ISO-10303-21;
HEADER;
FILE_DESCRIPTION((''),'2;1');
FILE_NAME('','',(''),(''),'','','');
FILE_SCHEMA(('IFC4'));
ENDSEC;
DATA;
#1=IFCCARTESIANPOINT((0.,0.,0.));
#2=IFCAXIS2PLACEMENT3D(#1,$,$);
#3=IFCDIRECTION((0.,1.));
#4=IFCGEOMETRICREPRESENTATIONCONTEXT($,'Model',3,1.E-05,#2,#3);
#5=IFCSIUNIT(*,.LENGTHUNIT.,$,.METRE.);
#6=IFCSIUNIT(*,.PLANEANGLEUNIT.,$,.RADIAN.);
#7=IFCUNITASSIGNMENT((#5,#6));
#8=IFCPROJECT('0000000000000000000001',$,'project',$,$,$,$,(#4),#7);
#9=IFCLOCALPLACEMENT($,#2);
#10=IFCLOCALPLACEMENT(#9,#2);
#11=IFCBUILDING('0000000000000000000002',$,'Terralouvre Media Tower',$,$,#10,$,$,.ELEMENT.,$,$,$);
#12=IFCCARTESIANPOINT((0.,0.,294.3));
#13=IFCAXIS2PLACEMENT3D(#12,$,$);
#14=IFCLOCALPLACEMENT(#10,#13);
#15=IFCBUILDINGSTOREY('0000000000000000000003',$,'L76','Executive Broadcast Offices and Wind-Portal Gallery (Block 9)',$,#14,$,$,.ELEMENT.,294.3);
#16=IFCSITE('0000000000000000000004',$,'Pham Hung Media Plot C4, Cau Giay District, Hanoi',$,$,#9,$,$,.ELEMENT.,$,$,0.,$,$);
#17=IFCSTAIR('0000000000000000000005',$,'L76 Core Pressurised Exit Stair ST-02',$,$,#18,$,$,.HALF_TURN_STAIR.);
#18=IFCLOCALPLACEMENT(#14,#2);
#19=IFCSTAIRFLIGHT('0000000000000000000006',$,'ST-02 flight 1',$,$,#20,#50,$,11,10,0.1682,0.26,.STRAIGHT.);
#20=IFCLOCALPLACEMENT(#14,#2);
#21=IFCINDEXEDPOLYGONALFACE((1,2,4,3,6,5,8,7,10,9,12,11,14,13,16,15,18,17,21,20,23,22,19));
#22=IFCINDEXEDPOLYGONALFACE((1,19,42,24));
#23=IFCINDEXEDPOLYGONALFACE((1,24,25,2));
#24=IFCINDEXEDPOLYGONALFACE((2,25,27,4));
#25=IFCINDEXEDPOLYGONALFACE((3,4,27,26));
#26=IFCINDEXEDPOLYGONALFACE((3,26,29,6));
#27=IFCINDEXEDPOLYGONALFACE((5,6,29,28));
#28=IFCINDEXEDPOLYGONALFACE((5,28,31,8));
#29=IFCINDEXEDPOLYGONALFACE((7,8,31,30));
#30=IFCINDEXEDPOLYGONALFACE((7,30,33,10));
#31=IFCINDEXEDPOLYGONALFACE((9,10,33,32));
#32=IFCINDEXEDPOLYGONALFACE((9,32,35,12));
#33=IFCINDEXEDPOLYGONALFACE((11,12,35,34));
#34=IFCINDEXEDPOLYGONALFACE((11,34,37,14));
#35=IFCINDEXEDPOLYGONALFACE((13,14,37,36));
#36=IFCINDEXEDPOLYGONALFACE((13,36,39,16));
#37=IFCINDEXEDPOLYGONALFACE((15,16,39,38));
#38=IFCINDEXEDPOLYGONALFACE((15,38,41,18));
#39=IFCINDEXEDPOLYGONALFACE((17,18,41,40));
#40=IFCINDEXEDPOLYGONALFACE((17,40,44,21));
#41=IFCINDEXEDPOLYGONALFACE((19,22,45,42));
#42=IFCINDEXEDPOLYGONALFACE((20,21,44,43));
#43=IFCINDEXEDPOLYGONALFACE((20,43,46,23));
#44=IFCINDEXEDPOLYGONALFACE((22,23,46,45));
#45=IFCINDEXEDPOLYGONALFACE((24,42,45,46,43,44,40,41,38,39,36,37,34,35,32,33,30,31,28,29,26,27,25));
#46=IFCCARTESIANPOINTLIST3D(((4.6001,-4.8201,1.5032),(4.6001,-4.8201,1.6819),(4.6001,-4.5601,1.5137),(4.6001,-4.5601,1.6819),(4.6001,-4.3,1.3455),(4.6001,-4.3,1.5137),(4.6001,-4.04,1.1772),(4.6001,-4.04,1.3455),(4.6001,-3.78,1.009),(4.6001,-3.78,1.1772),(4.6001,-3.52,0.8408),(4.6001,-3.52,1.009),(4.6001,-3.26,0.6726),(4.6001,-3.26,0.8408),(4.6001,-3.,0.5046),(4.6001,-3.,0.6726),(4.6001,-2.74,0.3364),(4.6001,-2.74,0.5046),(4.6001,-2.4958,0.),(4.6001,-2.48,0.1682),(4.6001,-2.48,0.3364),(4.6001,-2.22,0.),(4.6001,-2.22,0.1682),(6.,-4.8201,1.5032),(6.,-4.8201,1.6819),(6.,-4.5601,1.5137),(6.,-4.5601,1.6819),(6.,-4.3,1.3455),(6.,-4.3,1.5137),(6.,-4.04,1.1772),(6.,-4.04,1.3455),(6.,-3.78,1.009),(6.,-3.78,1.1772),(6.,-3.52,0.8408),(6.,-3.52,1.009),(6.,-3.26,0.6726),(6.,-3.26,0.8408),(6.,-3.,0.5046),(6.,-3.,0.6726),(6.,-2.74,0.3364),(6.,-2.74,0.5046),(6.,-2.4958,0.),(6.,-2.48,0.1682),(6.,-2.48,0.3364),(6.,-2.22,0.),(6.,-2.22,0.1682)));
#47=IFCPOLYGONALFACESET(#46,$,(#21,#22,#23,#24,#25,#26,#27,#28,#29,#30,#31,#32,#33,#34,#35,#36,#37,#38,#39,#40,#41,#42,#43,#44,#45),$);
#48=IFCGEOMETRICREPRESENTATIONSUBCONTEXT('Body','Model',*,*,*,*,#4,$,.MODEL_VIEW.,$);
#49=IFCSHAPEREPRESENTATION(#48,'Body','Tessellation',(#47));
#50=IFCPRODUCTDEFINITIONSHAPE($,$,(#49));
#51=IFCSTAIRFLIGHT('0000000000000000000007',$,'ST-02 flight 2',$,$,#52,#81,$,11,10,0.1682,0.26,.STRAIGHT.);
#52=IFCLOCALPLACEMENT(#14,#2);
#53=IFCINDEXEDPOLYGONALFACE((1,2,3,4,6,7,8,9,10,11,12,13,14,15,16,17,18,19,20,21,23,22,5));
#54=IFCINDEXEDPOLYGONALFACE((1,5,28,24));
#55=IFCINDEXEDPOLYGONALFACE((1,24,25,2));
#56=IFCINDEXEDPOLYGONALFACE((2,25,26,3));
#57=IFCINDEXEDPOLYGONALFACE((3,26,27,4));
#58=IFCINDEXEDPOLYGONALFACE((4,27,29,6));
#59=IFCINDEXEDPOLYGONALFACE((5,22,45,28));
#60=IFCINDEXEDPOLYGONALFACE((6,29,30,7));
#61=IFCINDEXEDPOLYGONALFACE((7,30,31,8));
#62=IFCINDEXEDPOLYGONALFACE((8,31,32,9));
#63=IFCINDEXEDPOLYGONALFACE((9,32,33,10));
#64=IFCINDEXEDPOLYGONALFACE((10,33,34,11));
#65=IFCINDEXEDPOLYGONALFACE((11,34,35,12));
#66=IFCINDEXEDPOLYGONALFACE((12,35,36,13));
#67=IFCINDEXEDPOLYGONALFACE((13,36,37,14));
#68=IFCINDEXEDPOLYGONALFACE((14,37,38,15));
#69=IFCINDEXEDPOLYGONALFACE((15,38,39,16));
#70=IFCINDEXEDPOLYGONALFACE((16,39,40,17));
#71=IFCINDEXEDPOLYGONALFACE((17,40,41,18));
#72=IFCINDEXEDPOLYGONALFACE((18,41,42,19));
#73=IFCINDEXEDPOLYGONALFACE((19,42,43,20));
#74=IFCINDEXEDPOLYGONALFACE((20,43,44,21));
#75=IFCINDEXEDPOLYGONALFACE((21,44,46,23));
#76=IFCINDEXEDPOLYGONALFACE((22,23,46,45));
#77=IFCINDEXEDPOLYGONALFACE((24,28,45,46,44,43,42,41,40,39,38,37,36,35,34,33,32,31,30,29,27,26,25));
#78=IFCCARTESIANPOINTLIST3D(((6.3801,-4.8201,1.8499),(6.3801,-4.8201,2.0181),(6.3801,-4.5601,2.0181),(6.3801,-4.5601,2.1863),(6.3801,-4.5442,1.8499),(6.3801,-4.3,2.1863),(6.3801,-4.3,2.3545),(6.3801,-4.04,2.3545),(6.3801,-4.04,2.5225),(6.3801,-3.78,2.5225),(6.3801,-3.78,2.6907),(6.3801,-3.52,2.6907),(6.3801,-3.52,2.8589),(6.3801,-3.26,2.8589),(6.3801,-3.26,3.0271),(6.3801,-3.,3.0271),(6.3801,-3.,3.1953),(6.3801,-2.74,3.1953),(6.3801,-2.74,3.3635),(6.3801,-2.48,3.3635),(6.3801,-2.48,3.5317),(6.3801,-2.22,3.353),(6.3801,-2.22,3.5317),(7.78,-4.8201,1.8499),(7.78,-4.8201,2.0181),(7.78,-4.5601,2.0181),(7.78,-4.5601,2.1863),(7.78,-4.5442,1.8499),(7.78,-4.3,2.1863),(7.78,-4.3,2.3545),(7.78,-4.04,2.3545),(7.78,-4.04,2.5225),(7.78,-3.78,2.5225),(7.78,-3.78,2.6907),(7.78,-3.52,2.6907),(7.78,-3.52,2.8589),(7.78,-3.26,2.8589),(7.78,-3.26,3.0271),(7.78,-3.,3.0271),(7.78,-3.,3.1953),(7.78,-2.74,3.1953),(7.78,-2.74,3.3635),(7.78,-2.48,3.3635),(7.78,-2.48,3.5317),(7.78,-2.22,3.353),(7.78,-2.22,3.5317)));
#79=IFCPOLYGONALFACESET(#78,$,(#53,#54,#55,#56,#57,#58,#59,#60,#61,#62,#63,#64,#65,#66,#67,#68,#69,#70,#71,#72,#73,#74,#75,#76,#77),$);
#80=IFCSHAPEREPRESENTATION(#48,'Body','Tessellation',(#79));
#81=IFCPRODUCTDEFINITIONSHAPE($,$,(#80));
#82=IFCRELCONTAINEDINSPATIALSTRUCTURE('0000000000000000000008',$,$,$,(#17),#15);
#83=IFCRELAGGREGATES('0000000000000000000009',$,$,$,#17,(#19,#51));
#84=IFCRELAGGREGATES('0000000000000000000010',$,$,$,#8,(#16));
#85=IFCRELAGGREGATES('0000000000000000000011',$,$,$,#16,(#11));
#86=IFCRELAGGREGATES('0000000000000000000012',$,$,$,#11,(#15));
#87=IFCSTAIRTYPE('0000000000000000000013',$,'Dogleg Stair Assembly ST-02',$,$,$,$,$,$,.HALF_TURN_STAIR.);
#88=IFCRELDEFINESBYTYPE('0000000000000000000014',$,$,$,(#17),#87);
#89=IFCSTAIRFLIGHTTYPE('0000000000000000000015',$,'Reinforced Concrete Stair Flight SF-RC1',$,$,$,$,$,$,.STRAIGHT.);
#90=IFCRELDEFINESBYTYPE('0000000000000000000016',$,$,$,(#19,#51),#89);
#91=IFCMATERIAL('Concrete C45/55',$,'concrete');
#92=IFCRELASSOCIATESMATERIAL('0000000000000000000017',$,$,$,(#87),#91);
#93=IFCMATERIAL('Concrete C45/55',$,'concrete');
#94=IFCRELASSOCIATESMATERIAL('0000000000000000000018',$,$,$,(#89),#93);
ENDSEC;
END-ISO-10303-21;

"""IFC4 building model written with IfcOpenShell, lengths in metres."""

from ifc_helpers import new_model, si_unit, direction, frame, origin, place, context, subcontext, project, spatial, polyline, outline, extrude, material, type_object, element, aggregate, save


model = new_model("IFC4")

# Units and contexts
model_context = context("Model", 3, precision=1e-05, world=origin(), true_north=direction((0.0, 1.0)))
body_context = subcontext(model_context, "Body", "Model", "MODEL_VIEW")
ifc_project = project(units=[si_unit("LENGTHUNIT", "METRE"), si_unit("PLANEANGLEUNIT", "RADIAN")], contexts=[model_context])

# Site, building, storey
site_placement = place(None, origin())
site = spatial("IfcSite", under=ifc_project, at=site_placement, Name="Pham Hung Media Plot C4, Cau Giay District, Hanoi", CompositionType="ELEMENT", RefElevation=0.0)
building_placement = place(site_placement, origin())
building = spatial("IfcBuilding", under=site, at=building_placement, Name="Terralouvre Media Tower", CompositionType="ELEMENT")
storey_placement = place(building_placement, frame((0.0, 0.0, 294.3)))
storey = spatial("IfcBuildingStorey", under=building, at=storey_placement, Name="L76", Description="Executive Broadcast Offices and Wind-Portal Gallery (Block 9)", CompositionType="ELEMENT", Elevation=294.3)

# Stair, stair flights
ifc_material_1 = material(Name="Concrete C45/55", Category="concrete")
stair_type = type_object("IfcStairType", Name="Dogleg Stair Assembly ST-02", PredefinedType="HALF_TURN_STAIR", material=ifc_material_1)
stair_placement = place(storey_placement, origin())
stair = element("IfcStair", 1, at=stair_placement, inside=storey, type_object=stair_type, Name="L76 Core Pressurised Exit Stair ST-02", PredefinedType="HALF_TURN_STAIR")
ifc_material_2 = material(Name="Concrete C45/55", Category="concrete")
stair_flight_type = type_object("IfcStairFlightType", Name="Reinforced Concrete Stair Flight SF-RC1", PredefinedType="STRAIGHT", material=ifc_material_2)
stair_flight_1_placement = place(storey_placement, frame((5.3, -2.22, 0.0), z_axis=(0.0, 0.0, 1.0), x_axis=(0.0, -1.0, 0.0)))
stair_flight_1 = element("IfcStairFlight", 2, at=stair_flight_1_placement, type_object=stair_flight_type, Name="ST-02 flight 1", NumberOfRisers=11, NumberOfTreads=10, PredefinedType="STRAIGHT", RiserHeight=0.1682, TreadLength=0.26, context=body_context, shape_type="SweptSolid", body=[
    extrude(outline(polyline([(0.0, 0.0), (0.0, 0.1682), (0.26, 0.1682), (0.26, 0.3364), (0.52, 0.3364), (0.52, 0.5046), (0.78, 0.5046), (0.78, 0.6726), (1.04, 0.6726), (1.04, 0.8408), (1.3, 0.8408), (1.3, 1.009), (1.5601, 1.009), (1.5601, 1.1772), (1.8201, 1.1772), (1.8201, 1.3455), (2.0801, 1.3455), (2.0801, 1.5137), (2.3401, 1.5137), (2.3401, 1.6819), (2.6001, 1.6819), (2.6001, 1.8501), (2.6001, 1.5032), (0.2759, 0.0), (0.0, 0.0)])), frame((0.0, 0.7, 0.0), z_axis=(0.0, -1.0, 0.0), x_axis=(1.0, 0.0, 0.0)), (0.0, 0.0, 1.0), 1.3999),
])
stair_flight_2_placement = place(storey_placement, frame((7.0801, -4.8201, 1.8499), z_axis=(0.0, 0.0, 1.0), x_axis=(0.0, 1.0, 0.0)))
stair_flight_2 = element("IfcStairFlight", 3, at=stair_flight_2_placement, type_object=stair_flight_type, Name="ST-02 flight 2", NumberOfRisers=11, NumberOfTreads=10, PredefinedType="STRAIGHT", RiserHeight=0.1682, TreadLength=0.26, context=body_context, shape_type="SweptSolid", body=[
    extrude(outline(polyline([(0.0, 0.0), (0.0, 0.1682), (0.26, 0.1682), (0.26, 0.3364), (0.52, 0.3364), (0.52, 0.5046), (0.78, 0.5046), (0.78, 0.6726), (1.04, 0.6726), (1.04, 0.8408), (1.3, 0.8408), (1.3, 1.009), (1.5601, 1.009), (1.5601, 1.1772), (1.8201, 1.1772), (1.8201, 1.3455), (2.0801, 1.3455), (2.0801, 1.5137), (2.3401, 1.5137), (2.3401, 1.6819), (2.6001, 1.6819), (2.6001, 1.8501), (2.6001, 1.5032), (0.2759, 0.0), (0.0, 0.0)])), frame((0.0, 0.7, 0.0), z_axis=(0.0, -1.0, 0.0), x_axis=(1.0, 0.0, 0.0)), (0.0, 0.0, 1.0), 1.3999),
])
aggregate(stair, [stair_flight_1, stair_flight_2])

save(model, "model.ifc")
